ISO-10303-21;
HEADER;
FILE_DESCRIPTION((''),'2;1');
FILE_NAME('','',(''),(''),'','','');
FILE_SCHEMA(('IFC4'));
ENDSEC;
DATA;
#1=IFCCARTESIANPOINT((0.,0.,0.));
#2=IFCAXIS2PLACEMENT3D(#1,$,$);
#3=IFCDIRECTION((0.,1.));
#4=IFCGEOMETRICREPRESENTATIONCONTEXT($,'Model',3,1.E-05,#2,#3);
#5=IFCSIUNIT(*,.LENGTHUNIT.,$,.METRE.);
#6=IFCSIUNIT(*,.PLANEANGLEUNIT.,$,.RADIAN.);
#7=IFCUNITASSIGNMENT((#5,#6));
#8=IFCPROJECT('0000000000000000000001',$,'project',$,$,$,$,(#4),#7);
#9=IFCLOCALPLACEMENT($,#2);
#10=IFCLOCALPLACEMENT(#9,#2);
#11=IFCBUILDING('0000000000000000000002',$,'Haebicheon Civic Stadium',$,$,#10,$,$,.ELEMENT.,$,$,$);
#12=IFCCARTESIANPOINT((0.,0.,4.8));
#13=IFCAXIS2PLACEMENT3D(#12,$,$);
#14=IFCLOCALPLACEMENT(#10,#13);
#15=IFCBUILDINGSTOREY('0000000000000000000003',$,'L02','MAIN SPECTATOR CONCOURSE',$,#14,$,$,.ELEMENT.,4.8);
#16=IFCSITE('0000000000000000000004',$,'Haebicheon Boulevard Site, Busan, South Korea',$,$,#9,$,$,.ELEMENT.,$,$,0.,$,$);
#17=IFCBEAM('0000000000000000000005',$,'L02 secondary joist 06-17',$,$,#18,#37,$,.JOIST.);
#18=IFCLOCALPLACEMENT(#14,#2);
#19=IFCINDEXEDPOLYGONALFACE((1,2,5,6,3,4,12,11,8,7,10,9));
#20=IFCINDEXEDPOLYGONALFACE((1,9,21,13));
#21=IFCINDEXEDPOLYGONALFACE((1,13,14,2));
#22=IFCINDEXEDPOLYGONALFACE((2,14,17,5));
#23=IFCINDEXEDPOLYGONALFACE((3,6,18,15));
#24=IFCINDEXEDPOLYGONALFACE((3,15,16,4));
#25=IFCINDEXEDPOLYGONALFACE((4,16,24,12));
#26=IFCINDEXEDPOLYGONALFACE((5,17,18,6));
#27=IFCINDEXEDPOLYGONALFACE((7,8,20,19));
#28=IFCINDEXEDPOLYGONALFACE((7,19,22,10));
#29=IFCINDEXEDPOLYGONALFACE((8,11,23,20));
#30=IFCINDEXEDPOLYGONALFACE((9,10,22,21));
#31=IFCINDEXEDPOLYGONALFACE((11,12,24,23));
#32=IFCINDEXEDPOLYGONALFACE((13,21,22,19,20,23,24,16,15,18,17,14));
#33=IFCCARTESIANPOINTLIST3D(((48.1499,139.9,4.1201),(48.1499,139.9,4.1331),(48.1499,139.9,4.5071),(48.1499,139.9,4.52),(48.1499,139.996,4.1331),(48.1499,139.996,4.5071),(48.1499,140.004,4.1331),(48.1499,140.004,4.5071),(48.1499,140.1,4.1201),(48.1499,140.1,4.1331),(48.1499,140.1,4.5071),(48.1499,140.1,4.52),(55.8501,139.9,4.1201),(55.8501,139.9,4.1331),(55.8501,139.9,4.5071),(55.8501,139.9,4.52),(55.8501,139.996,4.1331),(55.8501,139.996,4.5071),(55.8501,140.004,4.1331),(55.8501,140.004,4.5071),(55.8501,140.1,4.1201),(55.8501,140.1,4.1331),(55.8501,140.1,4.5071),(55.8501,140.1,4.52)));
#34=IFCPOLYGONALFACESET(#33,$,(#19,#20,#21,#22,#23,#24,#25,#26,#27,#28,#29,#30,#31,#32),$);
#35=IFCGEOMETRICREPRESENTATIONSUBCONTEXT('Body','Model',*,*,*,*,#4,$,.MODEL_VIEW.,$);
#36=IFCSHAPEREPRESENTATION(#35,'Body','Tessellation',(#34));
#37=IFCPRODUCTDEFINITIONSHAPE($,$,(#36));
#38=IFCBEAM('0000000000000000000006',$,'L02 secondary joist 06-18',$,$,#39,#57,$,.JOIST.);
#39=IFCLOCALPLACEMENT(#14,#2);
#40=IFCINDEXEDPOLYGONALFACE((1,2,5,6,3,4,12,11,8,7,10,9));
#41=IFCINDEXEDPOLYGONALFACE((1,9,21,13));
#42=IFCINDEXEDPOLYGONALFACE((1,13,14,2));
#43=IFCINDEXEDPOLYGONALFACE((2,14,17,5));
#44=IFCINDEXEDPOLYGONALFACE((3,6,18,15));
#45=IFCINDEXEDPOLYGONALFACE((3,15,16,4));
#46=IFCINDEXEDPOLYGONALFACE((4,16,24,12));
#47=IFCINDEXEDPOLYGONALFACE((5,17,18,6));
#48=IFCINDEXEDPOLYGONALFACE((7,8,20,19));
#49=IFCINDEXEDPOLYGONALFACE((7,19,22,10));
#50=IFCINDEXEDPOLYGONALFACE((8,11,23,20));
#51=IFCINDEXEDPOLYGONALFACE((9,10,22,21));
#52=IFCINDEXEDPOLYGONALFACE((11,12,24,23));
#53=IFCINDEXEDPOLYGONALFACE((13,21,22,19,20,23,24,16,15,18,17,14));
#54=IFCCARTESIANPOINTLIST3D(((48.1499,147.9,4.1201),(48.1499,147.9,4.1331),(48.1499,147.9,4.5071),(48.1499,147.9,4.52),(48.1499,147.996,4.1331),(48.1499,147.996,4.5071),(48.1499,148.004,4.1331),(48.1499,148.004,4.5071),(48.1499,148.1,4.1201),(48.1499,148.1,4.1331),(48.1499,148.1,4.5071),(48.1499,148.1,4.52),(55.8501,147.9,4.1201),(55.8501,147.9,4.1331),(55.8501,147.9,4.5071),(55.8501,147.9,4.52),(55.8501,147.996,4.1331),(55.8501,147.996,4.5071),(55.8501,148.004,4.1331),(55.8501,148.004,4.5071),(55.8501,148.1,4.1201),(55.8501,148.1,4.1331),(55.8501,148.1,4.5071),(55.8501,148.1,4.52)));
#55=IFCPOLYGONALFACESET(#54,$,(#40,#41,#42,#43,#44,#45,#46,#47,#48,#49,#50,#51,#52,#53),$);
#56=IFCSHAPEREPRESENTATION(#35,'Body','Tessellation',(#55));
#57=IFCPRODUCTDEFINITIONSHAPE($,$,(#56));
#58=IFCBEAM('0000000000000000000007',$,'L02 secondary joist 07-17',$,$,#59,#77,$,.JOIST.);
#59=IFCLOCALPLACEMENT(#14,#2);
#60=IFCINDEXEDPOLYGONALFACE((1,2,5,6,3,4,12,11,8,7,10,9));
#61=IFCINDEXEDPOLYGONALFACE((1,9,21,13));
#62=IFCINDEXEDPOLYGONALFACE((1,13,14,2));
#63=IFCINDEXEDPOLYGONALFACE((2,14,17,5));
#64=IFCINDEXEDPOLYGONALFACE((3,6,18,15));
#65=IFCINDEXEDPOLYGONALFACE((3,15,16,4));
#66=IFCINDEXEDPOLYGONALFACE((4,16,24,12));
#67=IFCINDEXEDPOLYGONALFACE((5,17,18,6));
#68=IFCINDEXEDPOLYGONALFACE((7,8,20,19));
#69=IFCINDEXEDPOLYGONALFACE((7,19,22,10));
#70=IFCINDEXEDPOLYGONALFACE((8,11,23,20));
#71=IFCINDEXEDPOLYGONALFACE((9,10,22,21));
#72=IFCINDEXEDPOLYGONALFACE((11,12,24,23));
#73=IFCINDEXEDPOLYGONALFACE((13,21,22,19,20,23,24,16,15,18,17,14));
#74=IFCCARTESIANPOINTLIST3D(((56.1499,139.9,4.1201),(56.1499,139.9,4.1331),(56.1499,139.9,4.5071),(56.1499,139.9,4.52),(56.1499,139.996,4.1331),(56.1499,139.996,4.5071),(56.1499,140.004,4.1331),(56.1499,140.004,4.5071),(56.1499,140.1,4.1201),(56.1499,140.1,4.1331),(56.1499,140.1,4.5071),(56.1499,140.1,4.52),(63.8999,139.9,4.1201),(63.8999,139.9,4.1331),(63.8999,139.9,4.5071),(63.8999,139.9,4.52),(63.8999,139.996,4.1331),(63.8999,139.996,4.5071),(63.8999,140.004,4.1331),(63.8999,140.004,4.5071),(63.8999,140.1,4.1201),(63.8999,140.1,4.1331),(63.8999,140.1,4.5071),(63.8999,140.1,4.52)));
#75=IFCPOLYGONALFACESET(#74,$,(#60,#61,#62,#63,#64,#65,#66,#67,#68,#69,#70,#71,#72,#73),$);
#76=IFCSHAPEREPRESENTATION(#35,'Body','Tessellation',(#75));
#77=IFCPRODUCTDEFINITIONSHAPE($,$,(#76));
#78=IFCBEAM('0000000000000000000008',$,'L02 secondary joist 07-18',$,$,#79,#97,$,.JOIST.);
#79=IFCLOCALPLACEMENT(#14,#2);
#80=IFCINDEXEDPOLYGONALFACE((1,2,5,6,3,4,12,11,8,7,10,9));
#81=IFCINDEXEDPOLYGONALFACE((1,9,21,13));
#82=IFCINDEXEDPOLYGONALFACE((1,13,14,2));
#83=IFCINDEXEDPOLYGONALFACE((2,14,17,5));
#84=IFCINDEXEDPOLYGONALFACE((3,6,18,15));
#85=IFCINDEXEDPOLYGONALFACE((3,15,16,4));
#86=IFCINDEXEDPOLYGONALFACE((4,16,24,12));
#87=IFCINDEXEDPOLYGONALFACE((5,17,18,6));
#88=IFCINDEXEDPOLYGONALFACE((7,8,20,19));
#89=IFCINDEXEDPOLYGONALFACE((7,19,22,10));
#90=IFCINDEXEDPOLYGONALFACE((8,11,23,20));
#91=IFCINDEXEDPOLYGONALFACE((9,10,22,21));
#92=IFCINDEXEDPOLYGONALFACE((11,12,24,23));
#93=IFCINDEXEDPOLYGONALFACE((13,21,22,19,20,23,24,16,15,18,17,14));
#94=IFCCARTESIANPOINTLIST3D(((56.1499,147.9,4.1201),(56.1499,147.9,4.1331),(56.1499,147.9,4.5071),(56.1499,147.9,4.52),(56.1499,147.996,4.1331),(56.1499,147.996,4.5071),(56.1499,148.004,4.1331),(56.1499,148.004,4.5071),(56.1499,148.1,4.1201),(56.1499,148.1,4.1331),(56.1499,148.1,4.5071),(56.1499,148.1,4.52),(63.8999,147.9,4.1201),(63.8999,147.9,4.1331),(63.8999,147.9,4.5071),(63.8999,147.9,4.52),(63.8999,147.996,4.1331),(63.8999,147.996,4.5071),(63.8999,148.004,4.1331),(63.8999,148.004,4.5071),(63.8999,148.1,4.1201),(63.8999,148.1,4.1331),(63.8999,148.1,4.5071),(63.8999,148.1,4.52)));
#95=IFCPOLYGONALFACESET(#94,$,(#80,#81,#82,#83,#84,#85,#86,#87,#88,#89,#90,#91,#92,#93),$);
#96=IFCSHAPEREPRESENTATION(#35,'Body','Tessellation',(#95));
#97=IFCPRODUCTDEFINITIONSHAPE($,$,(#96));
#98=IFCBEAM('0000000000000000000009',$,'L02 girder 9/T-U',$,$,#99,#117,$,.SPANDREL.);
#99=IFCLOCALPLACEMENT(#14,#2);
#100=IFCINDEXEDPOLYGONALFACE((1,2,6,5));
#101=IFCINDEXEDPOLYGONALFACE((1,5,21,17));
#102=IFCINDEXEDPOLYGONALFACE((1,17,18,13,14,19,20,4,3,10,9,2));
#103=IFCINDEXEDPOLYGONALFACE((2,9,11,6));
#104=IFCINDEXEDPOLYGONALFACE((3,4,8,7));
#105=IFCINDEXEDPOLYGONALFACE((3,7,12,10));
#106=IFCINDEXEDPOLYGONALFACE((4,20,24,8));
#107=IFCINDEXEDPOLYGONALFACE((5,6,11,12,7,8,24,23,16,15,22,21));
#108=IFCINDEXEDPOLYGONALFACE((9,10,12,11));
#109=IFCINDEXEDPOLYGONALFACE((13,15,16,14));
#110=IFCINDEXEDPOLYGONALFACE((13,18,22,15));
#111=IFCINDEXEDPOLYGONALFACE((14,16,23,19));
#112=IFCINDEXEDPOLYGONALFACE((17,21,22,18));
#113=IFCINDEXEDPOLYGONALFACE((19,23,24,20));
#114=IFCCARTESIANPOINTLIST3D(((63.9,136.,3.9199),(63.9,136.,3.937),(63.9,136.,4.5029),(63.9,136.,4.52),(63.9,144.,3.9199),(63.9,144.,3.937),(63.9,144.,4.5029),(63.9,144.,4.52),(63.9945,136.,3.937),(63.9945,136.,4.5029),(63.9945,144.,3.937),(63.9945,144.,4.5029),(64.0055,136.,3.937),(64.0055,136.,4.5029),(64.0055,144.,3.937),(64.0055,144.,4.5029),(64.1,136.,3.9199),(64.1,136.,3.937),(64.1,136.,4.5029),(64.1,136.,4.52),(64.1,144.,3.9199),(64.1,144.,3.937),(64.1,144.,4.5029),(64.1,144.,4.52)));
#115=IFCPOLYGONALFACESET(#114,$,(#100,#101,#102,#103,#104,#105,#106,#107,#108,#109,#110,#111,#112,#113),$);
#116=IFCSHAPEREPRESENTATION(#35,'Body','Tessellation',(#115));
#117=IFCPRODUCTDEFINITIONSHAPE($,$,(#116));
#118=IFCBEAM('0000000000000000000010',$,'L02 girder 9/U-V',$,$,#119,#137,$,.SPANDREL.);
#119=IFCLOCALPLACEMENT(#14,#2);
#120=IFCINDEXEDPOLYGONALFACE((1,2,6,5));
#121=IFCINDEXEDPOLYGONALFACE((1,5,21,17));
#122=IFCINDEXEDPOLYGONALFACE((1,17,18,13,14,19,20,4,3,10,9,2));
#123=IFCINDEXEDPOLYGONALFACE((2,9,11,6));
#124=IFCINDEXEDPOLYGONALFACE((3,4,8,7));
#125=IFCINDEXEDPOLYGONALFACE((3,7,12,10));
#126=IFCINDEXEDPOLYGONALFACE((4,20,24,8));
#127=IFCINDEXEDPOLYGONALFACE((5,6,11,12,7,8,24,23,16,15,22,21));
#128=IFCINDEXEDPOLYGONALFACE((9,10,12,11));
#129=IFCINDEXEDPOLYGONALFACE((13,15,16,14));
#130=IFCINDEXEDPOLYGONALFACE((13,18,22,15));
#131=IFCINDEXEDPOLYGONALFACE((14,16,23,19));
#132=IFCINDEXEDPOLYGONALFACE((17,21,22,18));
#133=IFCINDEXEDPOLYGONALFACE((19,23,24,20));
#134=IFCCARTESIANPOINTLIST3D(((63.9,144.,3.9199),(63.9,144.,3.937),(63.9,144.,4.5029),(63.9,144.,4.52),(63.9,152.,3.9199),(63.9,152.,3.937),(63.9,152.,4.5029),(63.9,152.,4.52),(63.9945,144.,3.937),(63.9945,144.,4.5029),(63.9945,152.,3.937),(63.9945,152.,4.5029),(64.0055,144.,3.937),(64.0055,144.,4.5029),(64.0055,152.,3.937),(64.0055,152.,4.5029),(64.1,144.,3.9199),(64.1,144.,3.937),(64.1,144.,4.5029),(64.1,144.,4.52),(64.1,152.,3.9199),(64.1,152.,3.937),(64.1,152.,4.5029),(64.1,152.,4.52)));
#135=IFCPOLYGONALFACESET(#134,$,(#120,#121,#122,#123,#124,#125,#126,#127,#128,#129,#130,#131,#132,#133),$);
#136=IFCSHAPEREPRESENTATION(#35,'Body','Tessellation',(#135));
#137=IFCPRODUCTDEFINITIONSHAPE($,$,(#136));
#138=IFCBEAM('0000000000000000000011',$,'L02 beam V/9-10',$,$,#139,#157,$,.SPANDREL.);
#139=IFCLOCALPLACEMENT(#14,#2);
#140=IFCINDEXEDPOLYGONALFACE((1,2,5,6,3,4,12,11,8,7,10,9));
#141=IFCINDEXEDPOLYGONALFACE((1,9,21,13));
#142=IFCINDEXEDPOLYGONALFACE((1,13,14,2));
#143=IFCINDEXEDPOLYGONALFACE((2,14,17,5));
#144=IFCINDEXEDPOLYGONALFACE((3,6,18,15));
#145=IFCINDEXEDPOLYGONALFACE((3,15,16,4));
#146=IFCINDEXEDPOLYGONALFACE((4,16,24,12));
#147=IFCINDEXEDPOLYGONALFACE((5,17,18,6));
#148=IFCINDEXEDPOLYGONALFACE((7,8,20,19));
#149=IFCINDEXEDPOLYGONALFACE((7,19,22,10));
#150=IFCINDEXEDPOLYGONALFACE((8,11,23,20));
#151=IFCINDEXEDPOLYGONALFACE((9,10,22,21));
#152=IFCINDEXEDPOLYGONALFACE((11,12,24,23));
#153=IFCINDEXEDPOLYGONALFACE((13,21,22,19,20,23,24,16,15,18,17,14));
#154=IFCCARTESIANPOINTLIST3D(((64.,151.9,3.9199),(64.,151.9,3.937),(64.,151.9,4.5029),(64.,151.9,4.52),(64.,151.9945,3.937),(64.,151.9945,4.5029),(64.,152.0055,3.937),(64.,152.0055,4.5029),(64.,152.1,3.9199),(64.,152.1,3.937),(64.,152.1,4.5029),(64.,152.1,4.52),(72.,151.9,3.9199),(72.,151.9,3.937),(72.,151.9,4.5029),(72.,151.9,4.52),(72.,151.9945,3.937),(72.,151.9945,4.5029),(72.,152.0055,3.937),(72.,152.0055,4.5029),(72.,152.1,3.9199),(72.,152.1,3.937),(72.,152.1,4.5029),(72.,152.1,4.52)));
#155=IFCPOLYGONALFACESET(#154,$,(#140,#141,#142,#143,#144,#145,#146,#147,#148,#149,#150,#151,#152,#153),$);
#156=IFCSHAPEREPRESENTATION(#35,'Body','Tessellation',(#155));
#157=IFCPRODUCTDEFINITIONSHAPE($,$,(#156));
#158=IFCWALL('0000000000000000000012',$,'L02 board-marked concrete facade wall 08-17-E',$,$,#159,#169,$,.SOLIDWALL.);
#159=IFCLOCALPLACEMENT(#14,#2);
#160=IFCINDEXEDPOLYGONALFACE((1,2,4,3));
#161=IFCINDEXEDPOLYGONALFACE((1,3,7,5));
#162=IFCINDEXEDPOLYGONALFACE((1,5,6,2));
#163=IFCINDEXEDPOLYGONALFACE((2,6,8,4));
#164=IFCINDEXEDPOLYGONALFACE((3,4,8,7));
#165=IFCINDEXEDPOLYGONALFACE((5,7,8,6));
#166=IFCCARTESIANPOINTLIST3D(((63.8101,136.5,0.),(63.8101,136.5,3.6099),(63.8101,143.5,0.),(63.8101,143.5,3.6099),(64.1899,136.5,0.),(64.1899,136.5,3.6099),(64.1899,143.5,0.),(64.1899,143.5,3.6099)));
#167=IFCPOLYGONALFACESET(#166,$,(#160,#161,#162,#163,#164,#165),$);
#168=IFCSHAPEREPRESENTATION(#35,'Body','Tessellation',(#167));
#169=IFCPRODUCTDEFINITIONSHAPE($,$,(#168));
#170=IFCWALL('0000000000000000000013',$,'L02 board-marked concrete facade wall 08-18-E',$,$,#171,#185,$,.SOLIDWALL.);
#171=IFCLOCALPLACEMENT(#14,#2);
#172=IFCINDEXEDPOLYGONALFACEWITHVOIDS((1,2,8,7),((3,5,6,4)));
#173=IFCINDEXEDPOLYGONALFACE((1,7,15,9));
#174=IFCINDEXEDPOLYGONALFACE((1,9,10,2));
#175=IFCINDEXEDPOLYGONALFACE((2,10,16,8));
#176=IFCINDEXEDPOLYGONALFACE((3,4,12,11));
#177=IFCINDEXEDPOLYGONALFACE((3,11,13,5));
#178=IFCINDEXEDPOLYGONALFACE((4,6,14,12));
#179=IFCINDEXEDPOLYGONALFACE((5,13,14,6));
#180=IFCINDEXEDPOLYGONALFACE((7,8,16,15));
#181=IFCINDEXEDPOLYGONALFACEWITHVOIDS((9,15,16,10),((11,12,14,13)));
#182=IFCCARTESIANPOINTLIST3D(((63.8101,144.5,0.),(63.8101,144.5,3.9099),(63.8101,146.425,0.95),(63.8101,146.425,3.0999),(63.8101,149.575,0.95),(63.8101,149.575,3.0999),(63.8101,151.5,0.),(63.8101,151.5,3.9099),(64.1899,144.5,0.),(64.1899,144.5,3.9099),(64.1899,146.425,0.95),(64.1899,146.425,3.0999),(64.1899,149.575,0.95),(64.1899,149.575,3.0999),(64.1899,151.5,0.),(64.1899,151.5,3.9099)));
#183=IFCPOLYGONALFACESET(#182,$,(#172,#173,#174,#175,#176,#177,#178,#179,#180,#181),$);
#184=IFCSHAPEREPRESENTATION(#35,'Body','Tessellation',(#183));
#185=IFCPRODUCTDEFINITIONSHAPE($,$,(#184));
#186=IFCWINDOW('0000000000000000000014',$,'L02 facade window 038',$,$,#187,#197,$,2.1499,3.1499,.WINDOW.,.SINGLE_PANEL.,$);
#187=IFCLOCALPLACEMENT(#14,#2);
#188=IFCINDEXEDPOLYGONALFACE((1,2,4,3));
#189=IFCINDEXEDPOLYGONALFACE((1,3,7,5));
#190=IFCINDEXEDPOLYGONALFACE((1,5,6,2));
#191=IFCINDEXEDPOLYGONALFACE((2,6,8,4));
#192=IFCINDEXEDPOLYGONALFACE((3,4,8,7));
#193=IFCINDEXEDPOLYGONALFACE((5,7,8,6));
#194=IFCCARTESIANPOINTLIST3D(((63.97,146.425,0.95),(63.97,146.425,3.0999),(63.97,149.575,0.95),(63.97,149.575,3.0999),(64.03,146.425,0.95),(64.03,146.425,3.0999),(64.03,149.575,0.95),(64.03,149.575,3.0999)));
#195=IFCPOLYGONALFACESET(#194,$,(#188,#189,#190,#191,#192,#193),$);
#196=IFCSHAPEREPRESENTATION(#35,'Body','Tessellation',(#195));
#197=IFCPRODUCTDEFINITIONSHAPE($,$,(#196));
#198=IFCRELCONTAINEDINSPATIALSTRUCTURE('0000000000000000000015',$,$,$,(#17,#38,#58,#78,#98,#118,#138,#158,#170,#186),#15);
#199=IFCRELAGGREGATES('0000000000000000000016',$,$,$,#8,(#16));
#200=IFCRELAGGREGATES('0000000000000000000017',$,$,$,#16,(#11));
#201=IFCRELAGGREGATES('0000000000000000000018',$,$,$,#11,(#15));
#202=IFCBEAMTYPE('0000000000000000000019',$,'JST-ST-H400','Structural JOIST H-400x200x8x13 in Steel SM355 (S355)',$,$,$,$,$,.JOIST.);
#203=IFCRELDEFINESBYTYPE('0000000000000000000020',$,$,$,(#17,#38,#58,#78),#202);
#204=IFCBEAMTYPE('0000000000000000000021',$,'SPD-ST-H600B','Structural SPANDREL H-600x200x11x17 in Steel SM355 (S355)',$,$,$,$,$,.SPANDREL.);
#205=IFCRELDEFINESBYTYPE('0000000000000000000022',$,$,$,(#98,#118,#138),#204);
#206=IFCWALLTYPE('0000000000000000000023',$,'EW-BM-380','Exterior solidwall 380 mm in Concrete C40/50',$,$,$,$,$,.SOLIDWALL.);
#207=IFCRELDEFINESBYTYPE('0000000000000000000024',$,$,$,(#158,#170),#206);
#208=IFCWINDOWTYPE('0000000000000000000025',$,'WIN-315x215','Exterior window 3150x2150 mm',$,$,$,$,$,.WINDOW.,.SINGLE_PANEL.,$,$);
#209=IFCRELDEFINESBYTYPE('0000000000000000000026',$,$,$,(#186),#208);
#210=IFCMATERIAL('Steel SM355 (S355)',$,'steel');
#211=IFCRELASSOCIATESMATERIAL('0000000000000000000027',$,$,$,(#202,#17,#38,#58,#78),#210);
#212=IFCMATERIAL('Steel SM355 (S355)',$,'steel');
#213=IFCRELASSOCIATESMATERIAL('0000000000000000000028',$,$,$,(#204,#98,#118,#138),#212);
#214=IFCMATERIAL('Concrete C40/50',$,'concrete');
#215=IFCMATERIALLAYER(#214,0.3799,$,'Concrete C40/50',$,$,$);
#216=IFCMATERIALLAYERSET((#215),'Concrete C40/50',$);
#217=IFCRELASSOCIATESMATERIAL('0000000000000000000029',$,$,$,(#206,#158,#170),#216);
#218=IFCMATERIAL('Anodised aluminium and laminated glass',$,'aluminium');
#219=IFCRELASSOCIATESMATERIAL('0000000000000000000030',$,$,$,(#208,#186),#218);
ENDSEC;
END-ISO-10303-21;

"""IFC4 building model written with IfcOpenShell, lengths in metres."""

from ifc_helpers import new_model, si_unit, direction, frame, frame_2d, origin, origin_2d, place, context, subcontext, project, spatial, rectangle, i_section, extrude, material, layer, layer_set, material_profile, profile_set, type_object, element, fill, save


model = new_model("IFC4")

# Units and contexts
model_context = context("Model", 3, precision=1e-05, world=origin(), true_north=direction((0.0, 1.0)))
body_context = subcontext(model_context, "Body", "Model", "MODEL_VIEW")
ifc_project = project(units=[si_unit("LENGTHUNIT", "METRE"), si_unit("PLANEANGLEUNIT", "RADIAN")], contexts=[model_context])

# Site, building, storey
site_placement = place(None, origin())
site = spatial("IfcSite", under=ifc_project, at=site_placement, Name="Haebicheon Boulevard Site, Busan, South Korea", CompositionType="ELEMENT", RefElevation=0.0)
building_placement = place(site_placement, origin())
building = spatial("IfcBuilding", under=site, at=building_placement, Name="Haebicheon Civic Stadium", CompositionType="ELEMENT")
storey_placement = place(building_placement, frame((0.0, 0.0, 4.8)))
storey = spatial("IfcBuildingStorey", under=building, at=storey_placement, Name="L02", Description="MAIN SPECTATOR CONCOURSE", CompositionType="ELEMENT", Elevation=4.8)

# Beams
ifc_material_1 = material(Name="Steel SM355 (S355)", Category="steel")
ifc_material_profile_1 = material_profile(ifc_material_1, i_section(OverallWidth=0.2, OverallDepth=0.3999, WebThickness=0.0081, FlangeThickness=0.0129, at=origin_2d()), Name="H-400x200x8x13")
ifc_profile_set_1 = profile_set([ifc_material_profile_1], Name="Steel SM355 (S355)")
beam_type_1 = type_object("IfcBeamType", Name="JST-ST-H400", Description="Structural JOIST H-400x200x8x13 in Steel SM355 (S355)", PredefinedType="JOIST", material=ifc_profile_set_1)
for number, where, z_axis, x_axis, name in (
    (1, (48.1499, 140.0, 4.3201), (1.0, 0.0, 0.0), (0.0, 1.0, 0.0), "L02 secondary joist 06-17"),
    (2, (48.1499, 148.0, 4.3201), (1.0, 0.0, 0.0), (0.0, 1.0, 0.0), "L02 secondary joist 06-18"),
):
    element("IfcBeam", number, at=place(storey_placement, frame(where, z_axis=z_axis, x_axis=x_axis)), inside=storey, type_object=beam_type_1, material=ifc_profile_set_1, Name=name, PredefinedType="JOIST", context=body_context, shape_type="SweptSolid", body=[
        extrude(i_section(OverallWidth=0.2, OverallDepth=0.3999, WebThickness=0.0081, FlangeThickness=0.0129, at=origin_2d()), origin(), (0.0, 0.0, 1.0), 7.7002),
    ])
for number, where, z_axis, x_axis, name in (
    (3, (56.1499, 140.0, 4.3201), (1.0, 0.0, 0.0), (0.0, 1.0, 0.0), "L02 secondary joist 07-17"),
    (4, (56.1499, 148.0, 4.3201), (1.0, 0.0, 0.0), (0.0, 1.0, 0.0), "L02 secondary joist 07-18"),
):
    element("IfcBeam", number, at=place(storey_placement, frame(where, z_axis=z_axis, x_axis=x_axis)), inside=storey, type_object=beam_type_1, material=ifc_profile_set_1, Name=name, PredefinedType="JOIST", context=body_context, shape_type="SweptSolid", body=[
        extrude(i_section(OverallWidth=0.2, OverallDepth=0.3999, WebThickness=0.0081, FlangeThickness=0.0129, at=origin_2d()), origin(), (0.0, 0.0, 1.0), 7.75),
    ])
ifc_material_2 = material(Name="Steel SM355 (S355)", Category="steel")
ifc_material_profile_2 = material_profile(ifc_material_2, i_section(OverallWidth=0.2, OverallDepth=0.6001, WebThickness=0.011, FlangeThickness=0.0171, at=origin_2d()), Name="H-600x200x11x17")
ifc_profile_set_2 = profile_set([ifc_material_profile_2], Name="Steel SM355 (S355)")
beam_type_2 = type_object("IfcBeamType", Name="SPD-ST-H600B", Description="Structural SPANDREL H-600x200x11x17 in Steel SM355 (S355)", PredefinedType="SPANDREL", material=ifc_profile_set_2)
for number, where, z_axis, x_axis, name in (
    (5, (64.0, 136.0, 4.22), (0.0, 1.0, 0.0), (-1.0, 0.0, 0.0), "L02 girder 9/T-U"),
    (6, (64.0, 144.0, 4.22), (0.0, 1.0, 0.0), (-1.0, 0.0, 0.0), "L02 girder 9/U-V"),
    (7, (64.0, 152.0, 4.22), (1.0, 0.0, 0.0), (0.0, 1.0, 0.0), "L02 beam V/9-10"),
):
    element("IfcBeam", number, at=place(storey_placement, frame(where, z_axis=z_axis, x_axis=x_axis)), inside=storey, type_object=beam_type_2, material=ifc_profile_set_2, Name=name, PredefinedType="SPANDREL", context=body_context, shape_type="SweptSolid", body=[
        extrude(i_section(OverallWidth=0.2, OverallDepth=0.6001, WebThickness=0.011, FlangeThickness=0.0171, at=origin_2d()), origin(), (0.0, 0.0, 1.0), 8.0),
    ])

# Wall
ifc_material_3 = material(Name="Concrete C40/50", Category="concrete")
ifc_layer = layer(ifc_material_3, 0.3799, Name="Concrete C40/50")
ifc_layer_set = layer_set([ifc_layer], Name="Concrete C40/50")
wall_type = type_object("IfcWallType", Name="EW-BM-380", Description="Exterior solidwall 380 mm in Concrete C40/50", PredefinedType="SOLIDWALL", material=ifc_layer_set)
wall_1_placement = place(storey_placement, frame((64.0, 136.5, 0.0), z_axis=(0.0, 0.0, 1.0), x_axis=(0.0, 1.0, 0.0)))
element("IfcWall", 8, at=wall_1_placement, inside=storey, type_object=wall_type, material=ifc_layer_set, Name="L02 board-marked concrete facade wall 08-17-E", PredefinedType="SOLIDWALL", context=body_context, shape_type="SweptSolid", body=[
    extrude(rectangle(XDim=7.0, YDim=0.3799, at=frame_2d((3.5, 0.0))), origin(), (0.0, 0.0, 1.0), 3.6099),
])

# Wall, opening, window
wall_2_placement = place(storey_placement, frame((64.0, 144.5, 0.0), z_axis=(0.0, 0.0, 1.0), x_axis=(0.0, 1.0, 0.0)))
wall_2 = element("IfcWall", 9, at=wall_2_placement, inside=storey, type_object=wall_type, material=ifc_layer_set, Name="L02 board-marked concrete facade wall 08-18-E", PredefinedType="SOLIDWALL", context=body_context, shape_type="SweptSolid", body=[
    extrude(rectangle(XDim=7.0, YDim=0.3799, at=frame_2d((3.5, 0.0))), origin(), (0.0, 0.0, 1.0), 3.9099),
])
opening_placement = place(wall_2_placement, frame((1.925, 0.0, 0.95)))
opening = element("IfcOpeningElement", 10, at=opening_placement, cuts=wall_2, PredefinedType="OPENING", context=body_context, shape_type="SweptSolid", body=[
    extrude(rectangle(XDim=3.1499, YDim=2.1499, at=frame_2d((1.575, 1.075))), frame((0.0, 0.2, 0.0), z_axis=(0.0, -1.0, 0.0), x_axis=(1.0, 0.0, 0.0)), (0.0, 0.0, 1.0), 0.3999),
])
ifc_material_4 = material(Name="Anodised aluminium and laminated glass", Category="aluminium")
window_type = type_object("IfcWindowType", Name="WIN-315x215", Description="Exterior window 3150x2150 mm", PartitioningType="SINGLE_PANEL", PredefinedType="WINDOW", material=ifc_material_4)
window_placement = place(opening_placement, origin())
window = element("IfcWindow", 11, at=window_placement, inside=storey, type_object=window_type, material=ifc_material_4, Name="L02 facade window 038", OverallHeight=2.1499, OverallWidth=3.1499, PartitioningType="SINGLE_PANEL", PredefinedType="WINDOW", context=body_context, shape_type="SweptSolid", body=[
    extrude(rectangle(XDim=3.1499, YDim=2.1499, at=frame_2d((1.575, 1.075))), frame((0.0, 0.03, 0.0), z_axis=(0.0, -1.0, 0.0), x_axis=(1.0, 0.0, 0.0)), (0.0, 0.0, 1.0), 0.0601),
])
fill(opening, window)

save(model, "model.ifc")
